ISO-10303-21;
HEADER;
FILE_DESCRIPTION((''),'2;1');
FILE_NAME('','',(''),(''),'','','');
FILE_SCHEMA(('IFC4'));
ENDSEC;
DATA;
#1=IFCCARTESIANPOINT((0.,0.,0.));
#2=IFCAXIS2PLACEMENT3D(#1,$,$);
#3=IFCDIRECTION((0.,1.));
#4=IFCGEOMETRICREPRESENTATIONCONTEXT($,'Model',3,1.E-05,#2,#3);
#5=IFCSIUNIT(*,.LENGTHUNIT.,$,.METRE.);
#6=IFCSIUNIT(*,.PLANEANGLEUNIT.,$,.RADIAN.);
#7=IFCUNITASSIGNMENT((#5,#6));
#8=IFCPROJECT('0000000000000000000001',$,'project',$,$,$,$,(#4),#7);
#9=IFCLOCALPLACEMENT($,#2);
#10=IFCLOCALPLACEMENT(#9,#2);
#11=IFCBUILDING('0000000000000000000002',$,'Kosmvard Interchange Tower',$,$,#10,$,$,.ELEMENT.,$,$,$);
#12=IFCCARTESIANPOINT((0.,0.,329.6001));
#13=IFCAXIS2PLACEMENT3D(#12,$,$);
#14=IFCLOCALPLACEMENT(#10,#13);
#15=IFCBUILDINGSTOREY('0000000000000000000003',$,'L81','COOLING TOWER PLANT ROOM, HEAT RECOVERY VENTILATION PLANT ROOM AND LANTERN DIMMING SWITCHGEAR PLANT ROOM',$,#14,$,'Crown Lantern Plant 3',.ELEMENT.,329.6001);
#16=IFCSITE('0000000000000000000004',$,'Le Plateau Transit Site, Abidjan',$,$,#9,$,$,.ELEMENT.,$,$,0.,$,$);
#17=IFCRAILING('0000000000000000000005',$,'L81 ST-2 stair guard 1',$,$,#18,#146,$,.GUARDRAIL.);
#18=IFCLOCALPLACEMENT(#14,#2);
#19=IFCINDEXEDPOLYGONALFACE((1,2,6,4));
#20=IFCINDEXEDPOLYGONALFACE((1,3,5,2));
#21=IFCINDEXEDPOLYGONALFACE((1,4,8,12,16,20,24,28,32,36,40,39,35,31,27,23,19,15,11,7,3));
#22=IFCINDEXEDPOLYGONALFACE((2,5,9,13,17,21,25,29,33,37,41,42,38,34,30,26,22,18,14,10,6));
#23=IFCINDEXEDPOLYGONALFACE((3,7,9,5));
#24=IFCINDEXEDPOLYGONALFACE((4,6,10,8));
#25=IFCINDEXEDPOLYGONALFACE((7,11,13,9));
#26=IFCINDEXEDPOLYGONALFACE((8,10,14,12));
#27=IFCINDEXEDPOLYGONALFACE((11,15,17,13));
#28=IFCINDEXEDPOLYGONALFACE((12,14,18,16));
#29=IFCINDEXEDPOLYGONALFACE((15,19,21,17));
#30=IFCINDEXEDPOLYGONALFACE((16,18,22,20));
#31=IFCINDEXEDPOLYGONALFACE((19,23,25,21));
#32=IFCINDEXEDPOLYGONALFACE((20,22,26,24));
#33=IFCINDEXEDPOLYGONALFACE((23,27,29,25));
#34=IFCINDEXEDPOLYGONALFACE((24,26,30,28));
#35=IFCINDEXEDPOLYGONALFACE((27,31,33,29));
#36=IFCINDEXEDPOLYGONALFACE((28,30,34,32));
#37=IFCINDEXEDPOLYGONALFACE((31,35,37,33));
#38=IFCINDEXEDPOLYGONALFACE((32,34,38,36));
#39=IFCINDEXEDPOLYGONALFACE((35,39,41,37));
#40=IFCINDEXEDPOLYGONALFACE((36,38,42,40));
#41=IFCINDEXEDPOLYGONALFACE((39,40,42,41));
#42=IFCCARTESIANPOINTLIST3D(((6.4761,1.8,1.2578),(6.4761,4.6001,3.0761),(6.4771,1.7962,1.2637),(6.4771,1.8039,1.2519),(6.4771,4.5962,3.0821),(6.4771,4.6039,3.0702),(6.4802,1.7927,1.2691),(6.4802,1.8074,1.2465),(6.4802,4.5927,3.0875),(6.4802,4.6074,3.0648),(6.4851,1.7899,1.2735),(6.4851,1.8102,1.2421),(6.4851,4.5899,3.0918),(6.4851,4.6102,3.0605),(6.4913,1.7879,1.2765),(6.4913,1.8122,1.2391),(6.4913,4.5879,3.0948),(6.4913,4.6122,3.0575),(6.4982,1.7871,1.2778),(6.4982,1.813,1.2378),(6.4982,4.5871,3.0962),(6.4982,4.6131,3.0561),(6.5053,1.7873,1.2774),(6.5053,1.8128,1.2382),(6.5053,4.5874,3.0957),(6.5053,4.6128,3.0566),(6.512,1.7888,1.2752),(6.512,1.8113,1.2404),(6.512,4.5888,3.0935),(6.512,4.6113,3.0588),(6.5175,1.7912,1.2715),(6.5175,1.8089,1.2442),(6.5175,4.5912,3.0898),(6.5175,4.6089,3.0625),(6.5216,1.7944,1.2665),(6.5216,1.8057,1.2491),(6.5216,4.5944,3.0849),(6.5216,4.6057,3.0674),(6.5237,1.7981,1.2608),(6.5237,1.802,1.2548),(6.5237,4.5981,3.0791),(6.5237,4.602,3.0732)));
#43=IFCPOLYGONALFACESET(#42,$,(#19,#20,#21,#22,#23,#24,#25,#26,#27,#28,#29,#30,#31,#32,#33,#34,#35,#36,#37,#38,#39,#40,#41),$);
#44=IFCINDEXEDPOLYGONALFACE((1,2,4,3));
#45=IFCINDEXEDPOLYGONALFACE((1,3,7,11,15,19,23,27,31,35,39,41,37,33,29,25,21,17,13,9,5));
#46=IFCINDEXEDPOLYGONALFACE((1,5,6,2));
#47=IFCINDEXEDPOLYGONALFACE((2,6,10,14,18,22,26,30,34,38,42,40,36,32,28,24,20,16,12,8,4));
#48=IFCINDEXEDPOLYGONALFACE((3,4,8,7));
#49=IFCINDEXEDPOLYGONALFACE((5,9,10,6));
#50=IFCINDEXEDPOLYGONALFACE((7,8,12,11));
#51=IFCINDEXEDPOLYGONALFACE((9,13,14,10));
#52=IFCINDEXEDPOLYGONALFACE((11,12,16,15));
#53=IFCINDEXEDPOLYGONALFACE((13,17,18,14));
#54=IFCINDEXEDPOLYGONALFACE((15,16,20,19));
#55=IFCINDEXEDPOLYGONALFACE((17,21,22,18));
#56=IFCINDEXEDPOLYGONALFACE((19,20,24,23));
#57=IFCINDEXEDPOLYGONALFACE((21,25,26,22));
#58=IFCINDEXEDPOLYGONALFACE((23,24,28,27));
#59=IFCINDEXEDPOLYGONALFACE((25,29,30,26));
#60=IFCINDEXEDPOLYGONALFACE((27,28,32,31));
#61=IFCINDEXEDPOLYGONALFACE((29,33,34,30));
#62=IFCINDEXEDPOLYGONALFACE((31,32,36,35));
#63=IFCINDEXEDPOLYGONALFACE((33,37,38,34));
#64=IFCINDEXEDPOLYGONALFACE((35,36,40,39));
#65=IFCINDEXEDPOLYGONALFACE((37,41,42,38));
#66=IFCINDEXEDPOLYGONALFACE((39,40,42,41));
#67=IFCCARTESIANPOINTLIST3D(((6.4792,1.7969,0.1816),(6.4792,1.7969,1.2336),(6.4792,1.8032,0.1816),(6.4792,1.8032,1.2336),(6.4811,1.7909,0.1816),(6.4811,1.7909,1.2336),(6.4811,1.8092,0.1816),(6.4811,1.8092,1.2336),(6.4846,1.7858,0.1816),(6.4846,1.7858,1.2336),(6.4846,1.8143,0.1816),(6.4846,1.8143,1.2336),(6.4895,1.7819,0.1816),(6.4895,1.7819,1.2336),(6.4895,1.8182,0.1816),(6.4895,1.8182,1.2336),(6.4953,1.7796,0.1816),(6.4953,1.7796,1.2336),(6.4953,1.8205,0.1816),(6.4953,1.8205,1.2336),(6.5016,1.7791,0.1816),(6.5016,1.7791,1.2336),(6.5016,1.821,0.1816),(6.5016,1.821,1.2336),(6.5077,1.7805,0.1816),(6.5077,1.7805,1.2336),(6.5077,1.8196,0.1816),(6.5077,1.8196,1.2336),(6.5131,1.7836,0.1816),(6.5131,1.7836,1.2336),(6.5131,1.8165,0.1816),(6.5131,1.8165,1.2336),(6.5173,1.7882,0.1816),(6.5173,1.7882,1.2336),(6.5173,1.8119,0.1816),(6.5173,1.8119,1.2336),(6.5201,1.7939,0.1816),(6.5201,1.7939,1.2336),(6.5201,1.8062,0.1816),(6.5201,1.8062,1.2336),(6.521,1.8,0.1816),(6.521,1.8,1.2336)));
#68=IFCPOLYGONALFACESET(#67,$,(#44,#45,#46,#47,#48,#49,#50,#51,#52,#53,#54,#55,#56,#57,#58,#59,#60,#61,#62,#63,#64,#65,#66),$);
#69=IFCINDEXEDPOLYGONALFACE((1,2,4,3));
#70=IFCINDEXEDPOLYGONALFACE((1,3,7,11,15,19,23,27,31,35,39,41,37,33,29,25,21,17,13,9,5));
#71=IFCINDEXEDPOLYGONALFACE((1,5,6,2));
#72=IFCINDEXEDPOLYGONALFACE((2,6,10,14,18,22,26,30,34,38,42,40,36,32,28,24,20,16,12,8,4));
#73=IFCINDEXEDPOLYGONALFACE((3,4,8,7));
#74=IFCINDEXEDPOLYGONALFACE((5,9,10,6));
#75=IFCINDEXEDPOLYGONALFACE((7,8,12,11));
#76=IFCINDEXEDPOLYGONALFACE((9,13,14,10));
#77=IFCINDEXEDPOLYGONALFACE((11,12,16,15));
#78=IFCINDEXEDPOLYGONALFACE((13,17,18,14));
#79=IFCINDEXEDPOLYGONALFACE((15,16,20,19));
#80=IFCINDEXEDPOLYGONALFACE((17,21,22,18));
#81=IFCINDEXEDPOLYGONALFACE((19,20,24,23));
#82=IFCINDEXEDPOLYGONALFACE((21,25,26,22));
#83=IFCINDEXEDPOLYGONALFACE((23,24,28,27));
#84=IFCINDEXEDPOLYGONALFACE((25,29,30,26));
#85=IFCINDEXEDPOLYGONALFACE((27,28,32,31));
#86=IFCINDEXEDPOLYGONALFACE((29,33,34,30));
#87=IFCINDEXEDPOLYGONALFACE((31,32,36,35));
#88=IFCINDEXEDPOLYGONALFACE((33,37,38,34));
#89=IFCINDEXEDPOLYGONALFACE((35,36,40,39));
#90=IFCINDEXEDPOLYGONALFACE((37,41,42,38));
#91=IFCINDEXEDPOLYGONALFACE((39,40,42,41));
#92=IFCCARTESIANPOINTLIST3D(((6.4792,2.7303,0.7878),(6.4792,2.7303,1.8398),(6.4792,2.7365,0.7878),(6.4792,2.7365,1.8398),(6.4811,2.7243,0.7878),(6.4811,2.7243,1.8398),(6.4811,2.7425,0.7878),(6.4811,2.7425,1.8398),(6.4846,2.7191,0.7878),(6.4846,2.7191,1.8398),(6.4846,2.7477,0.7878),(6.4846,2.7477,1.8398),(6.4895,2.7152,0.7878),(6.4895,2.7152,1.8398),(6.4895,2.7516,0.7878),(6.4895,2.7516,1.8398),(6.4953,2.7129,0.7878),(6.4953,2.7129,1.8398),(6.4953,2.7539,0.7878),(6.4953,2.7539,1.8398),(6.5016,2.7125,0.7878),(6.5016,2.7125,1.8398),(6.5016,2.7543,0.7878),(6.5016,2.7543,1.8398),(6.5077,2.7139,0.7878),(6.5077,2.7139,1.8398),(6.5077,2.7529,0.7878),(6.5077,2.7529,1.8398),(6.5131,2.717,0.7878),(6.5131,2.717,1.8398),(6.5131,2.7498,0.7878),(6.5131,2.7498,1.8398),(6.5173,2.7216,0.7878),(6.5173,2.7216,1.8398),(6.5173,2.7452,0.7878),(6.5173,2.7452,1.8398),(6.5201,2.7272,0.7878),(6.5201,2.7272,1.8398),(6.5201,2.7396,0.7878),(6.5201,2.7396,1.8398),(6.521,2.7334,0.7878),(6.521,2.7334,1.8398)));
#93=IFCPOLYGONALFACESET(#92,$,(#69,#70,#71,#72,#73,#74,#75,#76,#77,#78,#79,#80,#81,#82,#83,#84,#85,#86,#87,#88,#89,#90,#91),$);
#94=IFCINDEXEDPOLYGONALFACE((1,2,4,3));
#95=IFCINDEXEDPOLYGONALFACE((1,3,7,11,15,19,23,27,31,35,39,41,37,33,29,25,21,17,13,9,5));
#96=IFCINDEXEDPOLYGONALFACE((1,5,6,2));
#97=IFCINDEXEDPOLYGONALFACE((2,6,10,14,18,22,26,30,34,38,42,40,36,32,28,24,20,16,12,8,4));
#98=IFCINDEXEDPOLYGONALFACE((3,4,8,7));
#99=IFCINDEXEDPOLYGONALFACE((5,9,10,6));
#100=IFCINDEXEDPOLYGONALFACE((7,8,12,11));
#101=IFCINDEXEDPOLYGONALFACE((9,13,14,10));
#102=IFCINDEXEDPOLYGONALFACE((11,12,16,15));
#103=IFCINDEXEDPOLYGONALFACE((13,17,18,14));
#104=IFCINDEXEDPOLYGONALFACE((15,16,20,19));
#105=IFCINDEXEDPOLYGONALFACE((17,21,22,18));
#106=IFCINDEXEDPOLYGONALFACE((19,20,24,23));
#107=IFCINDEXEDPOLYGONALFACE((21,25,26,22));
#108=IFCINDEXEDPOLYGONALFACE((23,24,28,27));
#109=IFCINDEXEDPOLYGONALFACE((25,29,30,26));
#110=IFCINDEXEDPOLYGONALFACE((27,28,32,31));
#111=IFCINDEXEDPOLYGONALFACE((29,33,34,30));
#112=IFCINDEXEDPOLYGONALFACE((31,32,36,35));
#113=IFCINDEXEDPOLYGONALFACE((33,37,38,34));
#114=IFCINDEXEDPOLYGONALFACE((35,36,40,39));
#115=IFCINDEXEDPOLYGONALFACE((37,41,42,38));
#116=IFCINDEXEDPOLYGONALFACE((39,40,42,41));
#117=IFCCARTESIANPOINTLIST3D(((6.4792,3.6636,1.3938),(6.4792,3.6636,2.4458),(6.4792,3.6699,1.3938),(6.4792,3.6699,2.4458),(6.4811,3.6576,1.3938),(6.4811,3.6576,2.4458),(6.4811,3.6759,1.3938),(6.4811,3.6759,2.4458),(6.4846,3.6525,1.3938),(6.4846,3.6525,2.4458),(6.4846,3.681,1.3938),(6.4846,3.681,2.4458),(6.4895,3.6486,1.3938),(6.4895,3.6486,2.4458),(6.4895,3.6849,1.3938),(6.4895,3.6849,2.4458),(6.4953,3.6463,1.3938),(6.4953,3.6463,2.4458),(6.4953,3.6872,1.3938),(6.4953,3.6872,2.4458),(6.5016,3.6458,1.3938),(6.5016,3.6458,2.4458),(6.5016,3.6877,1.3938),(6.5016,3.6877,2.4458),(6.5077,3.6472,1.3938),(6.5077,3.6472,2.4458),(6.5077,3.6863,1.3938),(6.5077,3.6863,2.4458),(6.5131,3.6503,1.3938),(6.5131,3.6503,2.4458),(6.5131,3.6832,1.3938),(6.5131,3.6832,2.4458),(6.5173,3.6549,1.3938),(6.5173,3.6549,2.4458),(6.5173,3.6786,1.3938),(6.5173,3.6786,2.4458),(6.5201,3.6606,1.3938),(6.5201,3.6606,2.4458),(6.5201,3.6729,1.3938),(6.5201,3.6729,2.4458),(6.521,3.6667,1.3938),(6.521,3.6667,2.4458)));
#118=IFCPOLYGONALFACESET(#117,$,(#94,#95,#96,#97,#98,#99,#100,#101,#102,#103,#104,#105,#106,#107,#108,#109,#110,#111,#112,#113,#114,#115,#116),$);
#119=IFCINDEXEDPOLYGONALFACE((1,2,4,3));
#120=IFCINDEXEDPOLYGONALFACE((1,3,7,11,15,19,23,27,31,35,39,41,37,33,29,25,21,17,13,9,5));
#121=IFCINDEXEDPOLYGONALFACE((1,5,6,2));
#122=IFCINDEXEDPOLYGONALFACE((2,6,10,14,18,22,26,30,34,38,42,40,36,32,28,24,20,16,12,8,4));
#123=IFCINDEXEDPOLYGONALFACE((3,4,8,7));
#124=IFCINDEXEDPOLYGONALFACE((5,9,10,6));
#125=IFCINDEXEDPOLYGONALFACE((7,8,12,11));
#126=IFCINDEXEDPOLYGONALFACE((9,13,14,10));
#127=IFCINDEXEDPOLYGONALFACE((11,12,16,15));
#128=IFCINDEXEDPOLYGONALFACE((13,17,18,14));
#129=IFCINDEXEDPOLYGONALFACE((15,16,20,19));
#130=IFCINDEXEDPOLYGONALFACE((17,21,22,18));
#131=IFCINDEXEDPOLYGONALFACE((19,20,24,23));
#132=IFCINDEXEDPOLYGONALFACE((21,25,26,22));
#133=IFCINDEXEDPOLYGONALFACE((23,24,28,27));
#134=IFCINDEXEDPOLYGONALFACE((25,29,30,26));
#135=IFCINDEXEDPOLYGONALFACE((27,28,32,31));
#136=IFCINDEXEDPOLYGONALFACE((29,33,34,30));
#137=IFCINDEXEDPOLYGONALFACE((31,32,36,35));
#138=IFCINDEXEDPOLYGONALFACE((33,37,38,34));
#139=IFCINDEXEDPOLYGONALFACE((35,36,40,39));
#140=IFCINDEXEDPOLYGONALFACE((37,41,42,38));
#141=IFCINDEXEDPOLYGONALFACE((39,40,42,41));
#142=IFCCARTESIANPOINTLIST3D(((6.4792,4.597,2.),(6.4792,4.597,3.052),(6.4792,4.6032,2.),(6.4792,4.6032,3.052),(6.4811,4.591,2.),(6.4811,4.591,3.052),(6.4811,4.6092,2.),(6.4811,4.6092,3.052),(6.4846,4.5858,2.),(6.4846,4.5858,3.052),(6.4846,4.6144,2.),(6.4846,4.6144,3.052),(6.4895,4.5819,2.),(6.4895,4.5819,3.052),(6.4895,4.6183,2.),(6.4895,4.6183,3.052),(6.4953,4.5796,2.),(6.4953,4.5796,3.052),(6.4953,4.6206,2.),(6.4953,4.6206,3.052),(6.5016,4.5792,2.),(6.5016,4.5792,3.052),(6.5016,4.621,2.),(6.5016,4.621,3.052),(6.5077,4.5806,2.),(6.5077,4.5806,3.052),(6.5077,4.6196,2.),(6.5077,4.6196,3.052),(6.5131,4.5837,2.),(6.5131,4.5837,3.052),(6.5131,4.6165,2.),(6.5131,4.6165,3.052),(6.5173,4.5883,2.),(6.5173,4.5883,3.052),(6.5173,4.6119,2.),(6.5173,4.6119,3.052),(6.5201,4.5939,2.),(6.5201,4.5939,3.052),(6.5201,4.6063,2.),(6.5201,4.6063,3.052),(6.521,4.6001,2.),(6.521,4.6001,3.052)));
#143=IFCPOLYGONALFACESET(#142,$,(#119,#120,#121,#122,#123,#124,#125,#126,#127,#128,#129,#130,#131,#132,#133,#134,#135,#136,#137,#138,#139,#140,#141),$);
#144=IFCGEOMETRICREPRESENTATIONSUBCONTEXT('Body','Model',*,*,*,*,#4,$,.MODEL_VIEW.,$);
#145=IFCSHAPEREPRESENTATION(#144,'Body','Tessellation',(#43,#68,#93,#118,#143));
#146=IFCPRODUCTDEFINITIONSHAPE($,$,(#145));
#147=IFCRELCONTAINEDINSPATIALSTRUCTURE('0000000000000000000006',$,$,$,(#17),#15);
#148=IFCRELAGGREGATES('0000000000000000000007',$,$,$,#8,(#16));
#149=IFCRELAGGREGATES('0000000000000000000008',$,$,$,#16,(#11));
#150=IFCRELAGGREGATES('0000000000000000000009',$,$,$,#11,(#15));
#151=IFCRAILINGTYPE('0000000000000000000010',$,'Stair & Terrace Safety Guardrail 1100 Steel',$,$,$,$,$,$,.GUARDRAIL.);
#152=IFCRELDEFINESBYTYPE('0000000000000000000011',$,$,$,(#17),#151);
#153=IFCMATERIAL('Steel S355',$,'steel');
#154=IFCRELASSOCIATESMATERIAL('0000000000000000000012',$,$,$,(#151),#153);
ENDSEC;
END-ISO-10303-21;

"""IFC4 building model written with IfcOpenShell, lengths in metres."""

from ifc_helpers import new_model, si_unit, direction, frame, origin, origin_2d, place, context, subcontext, project, spatial, circle, extrude, source, transform, mapped, material, type_object, element, save


model = new_model("IFC4")

# Units and contexts
model_context = context("Model", 3, precision=1e-05, world=origin(), true_north=direction((0.0, 1.0)))
body_context = subcontext(model_context, "Body", "Model", "MODEL_VIEW")
ifc_project = project(units=[si_unit("LENGTHUNIT", "METRE"), si_unit("PLANEANGLEUNIT", "RADIAN")], contexts=[model_context])

# Site, building, storey
site_placement = place(None, origin())
site = spatial("IfcSite", under=ifc_project, at=site_placement, Name="Le Plateau Transit Site, Abidjan", CompositionType="ELEMENT", RefElevation=0.0)
building_placement = place(site_placement, origin())
building = spatial("IfcBuilding", under=site, at=building_placement, Name="Kosmvard Interchange Tower", CompositionType="ELEMENT")
storey_placement = place(building_placement, frame((0.0, 0.0, 329.6001)))
storey = spatial("IfcBuildingStorey", under=building, at=storey_placement, Name="L81", Description="COOLING TOWER PLANT ROOM, HEAT RECOVERY VENTILATION PLANT ROOM AND LANTERN DIMMING SWITCHGEAR PLANT ROOM", LongName="Crown Lantern Plant 3", CompositionType="ELEMENT", Elevation=329.6001)

# Shared definitions
ifc_material_1 = material(Name="Steel S355", Category="steel")

# Railing
railing_type_1 = type_object("IfcRailingType", Name="Stair & Terrace Safety Guardrail 1100 Steel", PredefinedType="GUARDRAIL", material=ifc_material_1)
shared_shape_1 = source(origin(), body_context, "Body", "SweptSolid", [
    extrude(circle(Radius=0.0239, at=origin_2d()), frame((0.0, 0.0, 1.0762), z_axis=(0.0, 0.838672, 0.544636), x_axis=(-1.0, 0.0, 0.0)), (0.0, 0.0, 1.0), 3.3386),
    extrude(circle(Radius=0.021, at=origin_2d()), origin(), (0.0, 0.0, 1.0), 1.052),
    extrude(circle(Radius=0.021, at=origin_2d()), frame((0.0, 0.9333, 0.6062)), (0.0, 0.0, 1.0), 1.052),
    extrude(circle(Radius=0.021, at=origin_2d()), frame((0.0, 1.8667, 1.2122)), (0.0, 0.0, 1.0), 1.052),
    extrude(circle(Radius=0.021, at=origin_2d()), frame((0.0, 2.8, 1.8184)), (0.0, 0.0, 1.0), 1.052),
])
railing_1_placement = place(storey_placement, frame((6.5, 1.8, 0.1816)))
element("IfcRailing", 1, at=railing_1_placement, inside=storey, type_object=railing_type_1, Name="L81 ST-2 stair guard 1", PredefinedType="GUARDRAIL", context=body_context, shape_type="MappedRepresentation", body=[
    mapped(shared_shape_1, transform((0.0, 0.0, 0.0), scale=1.0)),
])

save(model, "model.ifc")
